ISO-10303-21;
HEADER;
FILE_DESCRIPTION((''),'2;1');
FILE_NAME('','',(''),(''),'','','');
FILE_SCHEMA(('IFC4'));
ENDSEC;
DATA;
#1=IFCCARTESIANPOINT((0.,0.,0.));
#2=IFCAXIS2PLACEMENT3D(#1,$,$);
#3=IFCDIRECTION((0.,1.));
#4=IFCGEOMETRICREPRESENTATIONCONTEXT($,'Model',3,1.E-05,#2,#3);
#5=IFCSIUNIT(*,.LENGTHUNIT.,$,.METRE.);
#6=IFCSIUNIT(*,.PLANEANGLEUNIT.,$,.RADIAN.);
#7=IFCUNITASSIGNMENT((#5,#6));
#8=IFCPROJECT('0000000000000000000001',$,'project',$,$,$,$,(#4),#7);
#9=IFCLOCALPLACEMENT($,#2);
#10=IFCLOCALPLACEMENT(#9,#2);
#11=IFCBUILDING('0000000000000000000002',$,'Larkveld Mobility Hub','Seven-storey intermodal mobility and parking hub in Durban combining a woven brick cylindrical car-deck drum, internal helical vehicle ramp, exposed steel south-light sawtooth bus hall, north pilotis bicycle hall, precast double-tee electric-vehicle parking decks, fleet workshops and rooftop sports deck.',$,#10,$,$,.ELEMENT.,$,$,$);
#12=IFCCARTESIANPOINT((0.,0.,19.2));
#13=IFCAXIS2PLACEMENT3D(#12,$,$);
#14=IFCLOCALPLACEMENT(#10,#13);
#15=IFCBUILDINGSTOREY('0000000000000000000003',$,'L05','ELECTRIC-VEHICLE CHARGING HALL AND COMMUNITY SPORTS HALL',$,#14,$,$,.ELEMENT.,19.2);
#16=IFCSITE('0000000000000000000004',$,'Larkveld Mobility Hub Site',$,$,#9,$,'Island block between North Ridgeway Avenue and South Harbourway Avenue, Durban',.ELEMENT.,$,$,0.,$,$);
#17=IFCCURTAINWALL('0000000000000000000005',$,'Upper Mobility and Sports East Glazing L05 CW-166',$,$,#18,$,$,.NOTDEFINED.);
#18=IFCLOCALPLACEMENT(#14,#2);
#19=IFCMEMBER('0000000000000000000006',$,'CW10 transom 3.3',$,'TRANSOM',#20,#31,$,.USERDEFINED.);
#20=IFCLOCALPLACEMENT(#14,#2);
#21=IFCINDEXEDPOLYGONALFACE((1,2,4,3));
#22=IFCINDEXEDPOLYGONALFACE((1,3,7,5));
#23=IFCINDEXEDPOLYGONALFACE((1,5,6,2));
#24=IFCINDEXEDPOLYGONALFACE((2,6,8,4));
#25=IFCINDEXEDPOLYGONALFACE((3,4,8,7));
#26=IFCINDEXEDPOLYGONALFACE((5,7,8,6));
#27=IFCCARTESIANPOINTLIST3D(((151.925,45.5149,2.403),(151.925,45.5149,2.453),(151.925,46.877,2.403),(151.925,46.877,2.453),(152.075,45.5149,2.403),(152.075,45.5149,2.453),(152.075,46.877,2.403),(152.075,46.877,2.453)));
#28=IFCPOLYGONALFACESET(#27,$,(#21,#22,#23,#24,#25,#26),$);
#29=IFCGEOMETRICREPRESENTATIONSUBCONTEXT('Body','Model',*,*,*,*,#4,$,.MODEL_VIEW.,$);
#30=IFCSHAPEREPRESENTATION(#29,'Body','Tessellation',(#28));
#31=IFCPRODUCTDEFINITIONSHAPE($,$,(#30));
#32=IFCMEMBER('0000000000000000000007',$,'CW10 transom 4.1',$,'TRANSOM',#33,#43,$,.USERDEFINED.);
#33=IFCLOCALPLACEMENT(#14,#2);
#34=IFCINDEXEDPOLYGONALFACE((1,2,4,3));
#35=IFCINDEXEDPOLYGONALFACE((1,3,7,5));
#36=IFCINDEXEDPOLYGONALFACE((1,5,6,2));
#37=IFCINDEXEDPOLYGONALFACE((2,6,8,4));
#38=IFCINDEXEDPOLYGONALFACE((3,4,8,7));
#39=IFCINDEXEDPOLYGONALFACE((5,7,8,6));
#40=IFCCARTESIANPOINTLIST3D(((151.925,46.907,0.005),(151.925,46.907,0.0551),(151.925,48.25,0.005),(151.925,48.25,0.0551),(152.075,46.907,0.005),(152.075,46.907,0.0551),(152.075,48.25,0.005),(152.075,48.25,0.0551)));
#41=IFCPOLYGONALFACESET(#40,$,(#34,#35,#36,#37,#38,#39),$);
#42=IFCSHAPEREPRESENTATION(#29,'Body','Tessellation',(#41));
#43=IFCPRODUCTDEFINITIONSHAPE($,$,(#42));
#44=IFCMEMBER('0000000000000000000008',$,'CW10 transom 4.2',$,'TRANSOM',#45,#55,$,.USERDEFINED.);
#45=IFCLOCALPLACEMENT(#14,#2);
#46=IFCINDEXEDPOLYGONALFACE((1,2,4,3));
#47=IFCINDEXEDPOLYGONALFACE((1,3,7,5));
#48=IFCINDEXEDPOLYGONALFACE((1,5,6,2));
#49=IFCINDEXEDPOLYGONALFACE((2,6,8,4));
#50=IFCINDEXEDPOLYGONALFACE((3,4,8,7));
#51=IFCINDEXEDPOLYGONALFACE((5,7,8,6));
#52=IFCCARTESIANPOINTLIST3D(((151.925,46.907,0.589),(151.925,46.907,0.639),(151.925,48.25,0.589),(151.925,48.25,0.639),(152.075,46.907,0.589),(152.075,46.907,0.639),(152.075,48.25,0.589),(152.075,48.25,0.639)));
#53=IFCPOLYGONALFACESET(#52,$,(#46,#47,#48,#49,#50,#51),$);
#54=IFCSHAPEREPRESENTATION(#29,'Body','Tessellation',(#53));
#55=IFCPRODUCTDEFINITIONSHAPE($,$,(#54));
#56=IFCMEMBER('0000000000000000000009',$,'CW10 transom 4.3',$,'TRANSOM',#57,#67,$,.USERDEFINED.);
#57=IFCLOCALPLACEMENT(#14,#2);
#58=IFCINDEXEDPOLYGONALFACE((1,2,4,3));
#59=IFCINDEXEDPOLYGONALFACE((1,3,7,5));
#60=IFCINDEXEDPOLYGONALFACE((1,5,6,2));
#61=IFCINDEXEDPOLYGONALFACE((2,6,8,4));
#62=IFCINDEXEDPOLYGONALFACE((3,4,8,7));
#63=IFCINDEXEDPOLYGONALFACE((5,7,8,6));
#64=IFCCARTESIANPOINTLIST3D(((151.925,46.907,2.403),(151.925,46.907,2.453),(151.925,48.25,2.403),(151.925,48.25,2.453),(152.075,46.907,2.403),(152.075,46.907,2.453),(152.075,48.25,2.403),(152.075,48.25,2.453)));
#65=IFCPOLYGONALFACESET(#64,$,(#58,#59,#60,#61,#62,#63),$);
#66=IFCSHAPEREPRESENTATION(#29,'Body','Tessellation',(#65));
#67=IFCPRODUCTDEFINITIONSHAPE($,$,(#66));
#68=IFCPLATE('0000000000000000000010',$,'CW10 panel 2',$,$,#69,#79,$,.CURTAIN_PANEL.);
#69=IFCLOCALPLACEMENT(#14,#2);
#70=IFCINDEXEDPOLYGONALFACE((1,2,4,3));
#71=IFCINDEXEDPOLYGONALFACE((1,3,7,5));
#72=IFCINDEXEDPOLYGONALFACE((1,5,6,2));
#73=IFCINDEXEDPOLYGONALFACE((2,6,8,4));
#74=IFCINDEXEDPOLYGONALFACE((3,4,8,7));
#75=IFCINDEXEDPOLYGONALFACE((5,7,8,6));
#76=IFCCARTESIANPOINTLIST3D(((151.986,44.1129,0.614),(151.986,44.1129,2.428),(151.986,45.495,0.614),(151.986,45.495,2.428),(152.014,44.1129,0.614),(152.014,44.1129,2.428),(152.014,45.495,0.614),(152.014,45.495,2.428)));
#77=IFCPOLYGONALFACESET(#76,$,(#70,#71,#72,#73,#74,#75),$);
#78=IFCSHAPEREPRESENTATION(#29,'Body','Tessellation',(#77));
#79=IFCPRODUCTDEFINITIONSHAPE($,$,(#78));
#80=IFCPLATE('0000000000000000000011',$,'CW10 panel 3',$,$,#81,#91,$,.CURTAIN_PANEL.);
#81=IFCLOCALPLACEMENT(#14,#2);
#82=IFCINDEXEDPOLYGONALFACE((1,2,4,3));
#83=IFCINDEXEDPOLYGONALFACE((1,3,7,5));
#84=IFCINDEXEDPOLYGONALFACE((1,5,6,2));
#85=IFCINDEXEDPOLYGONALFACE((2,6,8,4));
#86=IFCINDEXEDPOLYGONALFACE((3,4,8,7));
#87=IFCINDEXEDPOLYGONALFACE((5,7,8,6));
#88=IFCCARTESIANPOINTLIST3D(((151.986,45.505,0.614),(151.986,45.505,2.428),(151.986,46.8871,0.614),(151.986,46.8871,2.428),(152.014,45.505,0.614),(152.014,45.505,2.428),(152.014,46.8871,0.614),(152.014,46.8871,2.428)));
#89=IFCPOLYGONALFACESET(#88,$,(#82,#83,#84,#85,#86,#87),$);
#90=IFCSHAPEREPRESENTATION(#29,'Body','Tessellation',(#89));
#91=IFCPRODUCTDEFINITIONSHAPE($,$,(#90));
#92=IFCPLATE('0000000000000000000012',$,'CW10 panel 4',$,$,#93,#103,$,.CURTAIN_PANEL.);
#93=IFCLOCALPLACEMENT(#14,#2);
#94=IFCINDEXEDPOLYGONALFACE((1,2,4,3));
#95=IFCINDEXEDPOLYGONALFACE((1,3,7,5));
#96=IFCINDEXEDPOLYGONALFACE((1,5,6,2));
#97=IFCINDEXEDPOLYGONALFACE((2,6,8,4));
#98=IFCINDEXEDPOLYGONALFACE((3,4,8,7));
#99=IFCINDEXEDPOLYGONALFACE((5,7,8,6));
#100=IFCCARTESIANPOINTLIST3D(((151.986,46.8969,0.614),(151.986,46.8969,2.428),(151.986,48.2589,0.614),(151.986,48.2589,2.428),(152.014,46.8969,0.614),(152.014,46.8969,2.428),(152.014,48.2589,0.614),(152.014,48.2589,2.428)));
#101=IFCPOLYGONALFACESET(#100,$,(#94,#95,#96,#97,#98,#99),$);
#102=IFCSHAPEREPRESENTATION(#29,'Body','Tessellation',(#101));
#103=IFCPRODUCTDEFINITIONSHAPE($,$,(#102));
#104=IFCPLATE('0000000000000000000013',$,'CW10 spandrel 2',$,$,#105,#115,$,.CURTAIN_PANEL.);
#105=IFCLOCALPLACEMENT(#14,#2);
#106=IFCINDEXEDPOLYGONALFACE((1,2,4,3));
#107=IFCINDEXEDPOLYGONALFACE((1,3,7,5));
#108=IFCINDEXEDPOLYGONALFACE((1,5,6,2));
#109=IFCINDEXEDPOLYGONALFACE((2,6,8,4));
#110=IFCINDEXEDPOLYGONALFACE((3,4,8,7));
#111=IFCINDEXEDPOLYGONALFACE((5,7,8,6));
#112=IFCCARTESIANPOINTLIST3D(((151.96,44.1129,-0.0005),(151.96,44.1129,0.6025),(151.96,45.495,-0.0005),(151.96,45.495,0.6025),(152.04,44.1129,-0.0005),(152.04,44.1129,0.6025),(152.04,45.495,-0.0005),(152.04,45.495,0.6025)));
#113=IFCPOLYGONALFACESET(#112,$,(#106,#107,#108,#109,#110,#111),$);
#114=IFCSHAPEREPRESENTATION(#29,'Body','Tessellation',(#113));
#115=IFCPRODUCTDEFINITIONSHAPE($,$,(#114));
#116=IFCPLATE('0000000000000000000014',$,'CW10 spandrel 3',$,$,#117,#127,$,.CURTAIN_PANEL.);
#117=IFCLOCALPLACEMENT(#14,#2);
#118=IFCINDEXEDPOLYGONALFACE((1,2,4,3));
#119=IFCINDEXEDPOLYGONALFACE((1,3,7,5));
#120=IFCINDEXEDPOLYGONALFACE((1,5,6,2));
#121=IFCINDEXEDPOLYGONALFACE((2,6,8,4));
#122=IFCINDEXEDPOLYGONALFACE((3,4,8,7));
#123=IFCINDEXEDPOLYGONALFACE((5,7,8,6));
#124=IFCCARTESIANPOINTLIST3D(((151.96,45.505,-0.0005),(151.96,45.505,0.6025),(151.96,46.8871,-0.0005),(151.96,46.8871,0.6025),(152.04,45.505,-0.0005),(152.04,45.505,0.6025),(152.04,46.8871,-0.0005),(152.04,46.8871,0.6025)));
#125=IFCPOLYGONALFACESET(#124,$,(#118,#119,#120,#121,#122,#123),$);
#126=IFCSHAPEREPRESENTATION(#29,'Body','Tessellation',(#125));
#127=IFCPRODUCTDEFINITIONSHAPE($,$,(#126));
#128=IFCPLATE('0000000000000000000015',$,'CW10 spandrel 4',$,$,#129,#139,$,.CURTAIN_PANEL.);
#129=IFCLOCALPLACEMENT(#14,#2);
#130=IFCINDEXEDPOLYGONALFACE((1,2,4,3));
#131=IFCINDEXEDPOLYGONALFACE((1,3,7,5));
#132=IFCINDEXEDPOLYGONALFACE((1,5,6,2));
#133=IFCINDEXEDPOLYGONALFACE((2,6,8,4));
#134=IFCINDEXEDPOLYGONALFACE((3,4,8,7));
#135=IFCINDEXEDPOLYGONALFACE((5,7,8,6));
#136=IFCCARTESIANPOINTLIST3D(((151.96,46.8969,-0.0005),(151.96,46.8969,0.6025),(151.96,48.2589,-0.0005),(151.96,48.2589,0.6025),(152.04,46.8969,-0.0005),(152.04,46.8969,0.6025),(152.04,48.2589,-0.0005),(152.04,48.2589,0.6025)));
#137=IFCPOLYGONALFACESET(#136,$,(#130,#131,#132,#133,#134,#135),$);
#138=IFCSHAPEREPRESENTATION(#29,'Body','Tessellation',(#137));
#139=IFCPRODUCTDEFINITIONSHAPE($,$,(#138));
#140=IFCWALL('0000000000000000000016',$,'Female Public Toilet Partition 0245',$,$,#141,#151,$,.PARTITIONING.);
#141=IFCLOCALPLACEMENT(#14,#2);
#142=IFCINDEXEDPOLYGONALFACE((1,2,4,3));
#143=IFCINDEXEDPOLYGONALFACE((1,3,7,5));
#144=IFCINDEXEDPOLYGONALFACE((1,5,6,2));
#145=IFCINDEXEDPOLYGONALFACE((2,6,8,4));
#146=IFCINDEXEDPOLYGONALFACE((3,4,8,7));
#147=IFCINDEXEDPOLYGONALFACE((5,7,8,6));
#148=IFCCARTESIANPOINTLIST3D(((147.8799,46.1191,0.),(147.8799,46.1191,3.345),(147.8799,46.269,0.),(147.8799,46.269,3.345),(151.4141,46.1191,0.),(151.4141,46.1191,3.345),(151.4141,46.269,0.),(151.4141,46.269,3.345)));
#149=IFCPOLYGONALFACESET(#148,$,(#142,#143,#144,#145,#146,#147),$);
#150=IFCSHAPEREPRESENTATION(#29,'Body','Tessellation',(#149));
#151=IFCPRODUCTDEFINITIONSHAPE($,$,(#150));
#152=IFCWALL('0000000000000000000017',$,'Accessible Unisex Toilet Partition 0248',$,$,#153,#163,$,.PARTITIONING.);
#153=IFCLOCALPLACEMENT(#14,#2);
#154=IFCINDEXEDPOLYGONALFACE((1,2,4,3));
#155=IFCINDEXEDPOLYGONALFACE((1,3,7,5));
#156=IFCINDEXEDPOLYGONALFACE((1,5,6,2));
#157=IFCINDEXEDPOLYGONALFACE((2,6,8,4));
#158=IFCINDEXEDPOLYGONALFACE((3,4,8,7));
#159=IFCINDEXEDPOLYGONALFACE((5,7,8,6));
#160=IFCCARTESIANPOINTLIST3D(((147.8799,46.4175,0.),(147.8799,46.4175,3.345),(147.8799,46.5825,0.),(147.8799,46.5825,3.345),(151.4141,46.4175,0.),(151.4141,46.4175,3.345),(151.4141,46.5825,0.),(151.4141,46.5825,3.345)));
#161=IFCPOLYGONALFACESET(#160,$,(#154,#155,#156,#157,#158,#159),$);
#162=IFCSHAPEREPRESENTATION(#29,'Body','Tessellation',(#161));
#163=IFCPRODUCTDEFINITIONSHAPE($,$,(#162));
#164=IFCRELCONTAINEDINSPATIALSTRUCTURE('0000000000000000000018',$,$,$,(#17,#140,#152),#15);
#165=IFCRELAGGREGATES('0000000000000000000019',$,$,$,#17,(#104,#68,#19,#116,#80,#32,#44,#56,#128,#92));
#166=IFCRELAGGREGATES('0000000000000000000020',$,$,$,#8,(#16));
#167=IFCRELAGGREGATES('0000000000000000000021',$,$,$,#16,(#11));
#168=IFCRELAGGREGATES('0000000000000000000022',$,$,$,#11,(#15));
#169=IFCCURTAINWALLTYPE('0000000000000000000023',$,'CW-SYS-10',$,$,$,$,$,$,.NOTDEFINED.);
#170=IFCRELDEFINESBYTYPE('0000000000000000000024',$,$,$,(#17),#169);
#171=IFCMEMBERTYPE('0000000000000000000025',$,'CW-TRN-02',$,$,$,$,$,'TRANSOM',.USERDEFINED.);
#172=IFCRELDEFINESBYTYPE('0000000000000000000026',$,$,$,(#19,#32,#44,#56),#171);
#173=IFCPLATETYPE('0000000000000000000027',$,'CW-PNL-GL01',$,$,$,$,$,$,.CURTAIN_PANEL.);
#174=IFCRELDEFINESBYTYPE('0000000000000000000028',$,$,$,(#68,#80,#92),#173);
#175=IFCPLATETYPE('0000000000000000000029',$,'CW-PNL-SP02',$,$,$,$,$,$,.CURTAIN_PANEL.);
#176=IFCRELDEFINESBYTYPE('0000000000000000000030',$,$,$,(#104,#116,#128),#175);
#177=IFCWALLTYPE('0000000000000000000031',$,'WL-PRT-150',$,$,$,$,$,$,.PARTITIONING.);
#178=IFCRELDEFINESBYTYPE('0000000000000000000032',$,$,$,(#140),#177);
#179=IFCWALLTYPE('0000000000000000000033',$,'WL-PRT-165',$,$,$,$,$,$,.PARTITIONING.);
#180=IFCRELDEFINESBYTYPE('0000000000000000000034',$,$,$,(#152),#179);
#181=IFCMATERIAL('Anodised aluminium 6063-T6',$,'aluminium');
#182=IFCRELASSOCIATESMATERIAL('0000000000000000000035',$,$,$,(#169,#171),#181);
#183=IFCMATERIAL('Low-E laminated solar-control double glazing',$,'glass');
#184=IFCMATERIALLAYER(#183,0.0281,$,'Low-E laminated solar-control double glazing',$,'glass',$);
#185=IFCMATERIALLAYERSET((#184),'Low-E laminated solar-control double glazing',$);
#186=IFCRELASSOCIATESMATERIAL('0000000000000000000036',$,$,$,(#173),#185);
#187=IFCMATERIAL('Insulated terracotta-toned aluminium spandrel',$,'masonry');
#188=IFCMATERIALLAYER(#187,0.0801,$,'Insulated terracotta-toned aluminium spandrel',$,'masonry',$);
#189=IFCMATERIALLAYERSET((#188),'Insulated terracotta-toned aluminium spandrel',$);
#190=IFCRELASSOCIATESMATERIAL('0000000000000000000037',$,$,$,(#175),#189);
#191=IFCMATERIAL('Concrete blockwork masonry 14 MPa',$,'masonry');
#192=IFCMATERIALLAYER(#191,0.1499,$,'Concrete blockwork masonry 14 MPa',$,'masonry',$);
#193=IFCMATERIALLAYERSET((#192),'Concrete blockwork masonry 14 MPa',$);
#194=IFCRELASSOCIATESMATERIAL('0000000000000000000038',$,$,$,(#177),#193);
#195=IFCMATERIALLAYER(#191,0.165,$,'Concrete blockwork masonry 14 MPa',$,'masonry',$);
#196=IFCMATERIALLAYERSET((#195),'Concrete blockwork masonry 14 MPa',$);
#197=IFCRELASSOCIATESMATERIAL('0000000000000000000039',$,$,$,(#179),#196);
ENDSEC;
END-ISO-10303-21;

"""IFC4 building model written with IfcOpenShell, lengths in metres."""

from ifc_helpers import new_model, si_unit, direction, frame, frame_2d, origin, origin_2d, place, context, subcontext, project, spatial, rectangle, extrude, material, layer, layer_set, material_profile, profile_set, type_object, element, aggregate, save


model = new_model("IFC4")

# Units and contexts
model_context = context("Model", 3, precision=1e-05, world=origin(), true_north=direction((0.0, 1.0)))
body_context = subcontext(model_context, "Body", "Model", "MODEL_VIEW")
ifc_project = project(units=[si_unit("LENGTHUNIT", "METRE"), si_unit("PLANEANGLEUNIT", "RADIAN")], contexts=[model_context])

# Site, building, storey
site_placement = place(None, origin())
site = spatial("IfcSite", under=ifc_project, at=site_placement, Name="Larkveld Mobility Hub Site", LongName="Island block between North Ridgeway Avenue and South Harbourway Avenue, Durban", CompositionType="ELEMENT", RefElevation=0.0)
building_placement = place(site_placement, origin())
building = spatial("IfcBuilding", under=site, at=building_placement, Name="Larkveld Mobility Hub", Description="Seven-storey intermodal mobility and parking hub in Durban combining a woven brick cylindrical car-deck drum, internal helical vehicle ramp, exposed steel south-light sawtooth bus hall, north pilotis bicycle hall, precast double-tee electric-vehicle parking decks, fleet workshops and rooftop sports deck.", CompositionType="ELEMENT")
storey_placement = place(building_placement, frame((0.0, 0.0, 19.2)))
storey = spatial("IfcBuildingStorey", under=building, at=storey_placement, Name="L05", Description="ELECTRIC-VEHICLE CHARGING HALL AND COMMUNITY SPORTS HALL", CompositionType="ELEMENT", Elevation=19.2)

# Curtain wall, members, plates
ifc_material_1 = material(Name="Anodised aluminium 6063-T6", Category="aluminium")
curtain_wall_type = type_object("IfcCurtainWallType", Name="CW-SYS-10", PredefinedType="NOTDEFINED", material=ifc_material_1)
curtain_wall_placement = place(storey_placement, origin())
curtain_wall = element("IfcCurtainWall", 1, at=curtain_wall_placement, inside=storey, type_object=curtain_wall_type, Name="Upper Mobility and Sports East Glazing L05 CW-166", PredefinedType="NOTDEFINED")
ifc_material_profile_1 = material_profile(ifc_material_1, rectangle(XDim=0.1499, YDim=0.05, at=origin_2d()), Name="ALU TRAN 50x150")
ifc_profile_set_1 = profile_set([ifc_material_profile_1], Name="Anodised aluminium 6063-T6")
member_type_1 = type_object("IfcMemberType", Name="CW-TRN-02", ElementType="TRANSOM", PredefinedType="USERDEFINED", material=ifc_profile_set_1)
member_1_placement = place(storey_placement, frame((152.0, 45.5149, 2.428), z_axis=(0.0, 1.0, 0.0), x_axis=(-1.0, 0.0, 0.0)))
member_1 = element("IfcMember", 2, at=member_1_placement, type_object=member_type_1, Name="CW10 transom 3.3", ObjectType="TRANSOM", PredefinedType="USERDEFINED", context=body_context, shape_type="SweptSolid", body=[
    extrude(rectangle(XDim=0.1499, YDim=0.05, at=origin_2d()), origin(), (0.0, 0.0, 1.0), 1.3621),
])
member_2_placement = place(storey_placement, frame((152.0, 46.907, 0.03), z_axis=(0.0, 1.0, 0.0), x_axis=(-1.0, 0.0, 0.0)))
member_2 = element("IfcMember", 3, at=member_2_placement, type_object=member_type_1, Name="CW10 transom 4.1", ObjectType="TRANSOM", PredefinedType="USERDEFINED", context=body_context, shape_type="SweptSolid", body=[
    extrude(rectangle(XDim=0.1499, YDim=0.05, at=origin_2d()), origin(), (0.0, 0.0, 1.0), 1.343),
])
member_3_placement = place(storey_placement, frame((152.0, 46.907, 0.614), z_axis=(0.0, 1.0, 0.0), x_axis=(-1.0, 0.0, 0.0)))
member_3 = element("IfcMember", 4, at=member_3_placement, type_object=member_type_1, Name="CW10 transom 4.2", ObjectType="TRANSOM", PredefinedType="USERDEFINED", context=body_context, shape_type="SweptSolid", body=[
    extrude(rectangle(XDim=0.1499, YDim=0.05, at=origin_2d()), origin(), (0.0, 0.0, 1.0), 1.343),
])
member_4_placement = place(storey_placement, frame((152.0, 46.907, 2.428), z_axis=(0.0, 1.0, 0.0), x_axis=(-1.0, 0.0, 0.0)))
member_4 = element("IfcMember", 5, at=member_4_placement, type_object=member_type_1, Name="CW10 transom 4.3", ObjectType="TRANSOM", PredefinedType="USERDEFINED", context=body_context, shape_type="SweptSolid", body=[
    extrude(rectangle(XDim=0.1499, YDim=0.05, at=origin_2d()), origin(), (0.0, 0.0, 1.0), 1.343),
])
ifc_material_2 = material(Name="Low-E laminated solar-control double glazing", Category="glass")
ifc_layer_1 = layer(ifc_material_2, 0.0281, Name="Low-E laminated solar-control double glazing", Category="glass")
ifc_layer_set_1 = layer_set([ifc_layer_1], Name="Low-E laminated solar-control double glazing")
plate_type_1 = type_object("IfcPlateType", Name="CW-PNL-GL01", PredefinedType="CURTAIN_PANEL", material=ifc_layer_set_1)
plate_1_placement = place(storey_placement, frame((152.0, 44.804, 0.614), z_axis=(0.0, 0.0, 1.0), x_axis=(0.0, 1.0, 0.0)))
plate_1 = element("IfcPlate", 6, at=plate_1_placement, type_object=plate_type_1, Name="CW10 panel 2", PredefinedType="CURTAIN_PANEL", context=body_context, shape_type="SweptSolid", body=[
    extrude(rectangle(XDim=1.3821, YDim=0.0281, at=origin_2d()), origin(), (0.0, 0.0, 1.0), 1.814),
])
plate_2_placement = place(storey_placement, frame((152.0, 46.196, 0.614), z_axis=(0.0, 0.0, 1.0), x_axis=(0.0, 1.0, 0.0)))
plate_2 = element("IfcPlate", 7, at=plate_2_placement, type_object=plate_type_1, Name="CW10 panel 3", PredefinedType="CURTAIN_PANEL", context=body_context, shape_type="SweptSolid", body=[
    extrude(rectangle(XDim=1.3821, YDim=0.0281, at=origin_2d()), origin(), (0.0, 0.0, 1.0), 1.814),
])
plate_3_placement = place(storey_placement, frame((152.0, 47.5779, 0.614), z_axis=(0.0, 0.0, 1.0), x_axis=(0.0, 1.0, 0.0)))
plate_3 = element("IfcPlate", 8, at=plate_3_placement, type_object=plate_type_1, Name="CW10 panel 4", PredefinedType="CURTAIN_PANEL", context=body_context, shape_type="SweptSolid", body=[
    extrude(rectangle(XDim=1.3621, YDim=0.0281, at=origin_2d()), origin(), (0.0, 0.0, 1.0), 1.814),
])
ifc_material_3 = material(Name="Insulated terracotta-toned aluminium spandrel", Category="masonry")
ifc_layer_2 = layer(ifc_material_3, 0.0801, Name="Insulated terracotta-toned aluminium spandrel", Category="masonry")
ifc_layer_set_2 = layer_set([ifc_layer_2], Name="Insulated terracotta-toned aluminium spandrel")
plate_type_2 = type_object("IfcPlateType", Name="CW-PNL-SP02", PredefinedType="CURTAIN_PANEL", material=ifc_layer_set_2)
plate_4_placement = place(storey_placement, frame((152.0, 44.804, -0.0005), z_axis=(0.0, 0.0, 1.0), x_axis=(0.0, 1.0, 0.0)))
plate_4 = element("IfcPlate", 9, at=plate_4_placement, type_object=plate_type_2, Name="CW10 spandrel 2", PredefinedType="CURTAIN_PANEL", context=body_context, shape_type="SweptSolid", body=[
    extrude(rectangle(XDim=1.3821, YDim=0.0801, at=origin_2d()), origin(), (0.0, 0.0, 1.0), 0.603),
])
plate_5_placement = place(storey_placement, frame((152.0, 46.196, -0.0005), z_axis=(0.0, 0.0, 1.0), x_axis=(0.0, 1.0, 0.0)))
plate_5 = element("IfcPlate", 10, at=plate_5_placement, type_object=plate_type_2, Name="CW10 spandrel 3", PredefinedType="CURTAIN_PANEL", context=body_context, shape_type="SweptSolid", body=[
    extrude(rectangle(XDim=1.3821, YDim=0.0801, at=origin_2d()), origin(), (0.0, 0.0, 1.0), 0.603),
])
plate_6_placement = place(storey_placement, frame((152.0, 47.5779, -0.0005), z_axis=(0.0, 0.0, 1.0), x_axis=(0.0, 1.0, 0.0)))
plate_6 = element("IfcPlate", 11, at=plate_6_placement, type_object=plate_type_2, Name="CW10 spandrel 4", PredefinedType="CURTAIN_PANEL", context=body_context, shape_type="SweptSolid", body=[
    extrude(rectangle(XDim=1.3621, YDim=0.0801, at=origin_2d()), origin(), (0.0, 0.0, 1.0), 0.603),
])
aggregate(curtain_wall, [plate_4, plate_1, member_1, plate_5, plate_2, member_2, member_3, member_4, plate_6, plate_3])

# Walls
ifc_material_4 = material(Name="Concrete blockwork masonry 14 MPa", Category="masonry")
ifc_layer_3 = layer(ifc_material_4, 0.1499, Name="Concrete blockwork masonry 14 MPa", Category="masonry")
ifc_layer_set_3 = layer_set([ifc_layer_3], Name="Concrete blockwork masonry 14 MPa")
wall_type_1 = type_object("IfcWallType", Name="WL-PRT-150", PredefinedType="PARTITIONING", material=ifc_layer_set_3)
wall_1_placement = place(storey_placement, frame((147.8799, 46.1941, 0.0), z_axis=(0.0, 0.0, 1.0), x_axis=(1.0, 0.0, 0.0)))
element("IfcWall", 12, at=wall_1_placement, inside=storey, type_object=wall_type_1, Name="Female Public Toilet Partition 0245", PredefinedType="PARTITIONING", context=body_context, shape_type="SweptSolid", body=[
    extrude(rectangle(XDim=3.5342, YDim=0.1499, at=frame_2d((1.7671, 0.0))), origin(), (0.0, 0.0, 1.0), 3.345),
])
ifc_layer_4 = layer(ifc_material_4, 0.165, Name="Concrete blockwork masonry 14 MPa", Category="masonry")
ifc_layer_set_4 = layer_set([ifc_layer_4], Name="Concrete blockwork masonry 14 MPa")
wall_type_2 = type_object("IfcWallType", Name="WL-PRT-165", PredefinedType="PARTITIONING", material=ifc_layer_set_4)
wall_2_placement = place(storey_placement, frame((147.8799, 46.5, 0.0), z_axis=(0.0, 0.0, 1.0), x_axis=(1.0, 0.0, 0.0)))
element("IfcWall", 13, at=wall_2_placement, inside=storey, type_object=wall_type_2, Name="Accessible Unisex Toilet Partition 0248", PredefinedType="PARTITIONING", context=body_context, shape_type="SweptSolid", body=[
    extrude(rectangle(XDim=3.5342, YDim=0.165, at=frame_2d((1.7671, 0.0))), origin(), (0.0, 0.0, 1.0), 3.345),
])

save(model, "model.ifc")
